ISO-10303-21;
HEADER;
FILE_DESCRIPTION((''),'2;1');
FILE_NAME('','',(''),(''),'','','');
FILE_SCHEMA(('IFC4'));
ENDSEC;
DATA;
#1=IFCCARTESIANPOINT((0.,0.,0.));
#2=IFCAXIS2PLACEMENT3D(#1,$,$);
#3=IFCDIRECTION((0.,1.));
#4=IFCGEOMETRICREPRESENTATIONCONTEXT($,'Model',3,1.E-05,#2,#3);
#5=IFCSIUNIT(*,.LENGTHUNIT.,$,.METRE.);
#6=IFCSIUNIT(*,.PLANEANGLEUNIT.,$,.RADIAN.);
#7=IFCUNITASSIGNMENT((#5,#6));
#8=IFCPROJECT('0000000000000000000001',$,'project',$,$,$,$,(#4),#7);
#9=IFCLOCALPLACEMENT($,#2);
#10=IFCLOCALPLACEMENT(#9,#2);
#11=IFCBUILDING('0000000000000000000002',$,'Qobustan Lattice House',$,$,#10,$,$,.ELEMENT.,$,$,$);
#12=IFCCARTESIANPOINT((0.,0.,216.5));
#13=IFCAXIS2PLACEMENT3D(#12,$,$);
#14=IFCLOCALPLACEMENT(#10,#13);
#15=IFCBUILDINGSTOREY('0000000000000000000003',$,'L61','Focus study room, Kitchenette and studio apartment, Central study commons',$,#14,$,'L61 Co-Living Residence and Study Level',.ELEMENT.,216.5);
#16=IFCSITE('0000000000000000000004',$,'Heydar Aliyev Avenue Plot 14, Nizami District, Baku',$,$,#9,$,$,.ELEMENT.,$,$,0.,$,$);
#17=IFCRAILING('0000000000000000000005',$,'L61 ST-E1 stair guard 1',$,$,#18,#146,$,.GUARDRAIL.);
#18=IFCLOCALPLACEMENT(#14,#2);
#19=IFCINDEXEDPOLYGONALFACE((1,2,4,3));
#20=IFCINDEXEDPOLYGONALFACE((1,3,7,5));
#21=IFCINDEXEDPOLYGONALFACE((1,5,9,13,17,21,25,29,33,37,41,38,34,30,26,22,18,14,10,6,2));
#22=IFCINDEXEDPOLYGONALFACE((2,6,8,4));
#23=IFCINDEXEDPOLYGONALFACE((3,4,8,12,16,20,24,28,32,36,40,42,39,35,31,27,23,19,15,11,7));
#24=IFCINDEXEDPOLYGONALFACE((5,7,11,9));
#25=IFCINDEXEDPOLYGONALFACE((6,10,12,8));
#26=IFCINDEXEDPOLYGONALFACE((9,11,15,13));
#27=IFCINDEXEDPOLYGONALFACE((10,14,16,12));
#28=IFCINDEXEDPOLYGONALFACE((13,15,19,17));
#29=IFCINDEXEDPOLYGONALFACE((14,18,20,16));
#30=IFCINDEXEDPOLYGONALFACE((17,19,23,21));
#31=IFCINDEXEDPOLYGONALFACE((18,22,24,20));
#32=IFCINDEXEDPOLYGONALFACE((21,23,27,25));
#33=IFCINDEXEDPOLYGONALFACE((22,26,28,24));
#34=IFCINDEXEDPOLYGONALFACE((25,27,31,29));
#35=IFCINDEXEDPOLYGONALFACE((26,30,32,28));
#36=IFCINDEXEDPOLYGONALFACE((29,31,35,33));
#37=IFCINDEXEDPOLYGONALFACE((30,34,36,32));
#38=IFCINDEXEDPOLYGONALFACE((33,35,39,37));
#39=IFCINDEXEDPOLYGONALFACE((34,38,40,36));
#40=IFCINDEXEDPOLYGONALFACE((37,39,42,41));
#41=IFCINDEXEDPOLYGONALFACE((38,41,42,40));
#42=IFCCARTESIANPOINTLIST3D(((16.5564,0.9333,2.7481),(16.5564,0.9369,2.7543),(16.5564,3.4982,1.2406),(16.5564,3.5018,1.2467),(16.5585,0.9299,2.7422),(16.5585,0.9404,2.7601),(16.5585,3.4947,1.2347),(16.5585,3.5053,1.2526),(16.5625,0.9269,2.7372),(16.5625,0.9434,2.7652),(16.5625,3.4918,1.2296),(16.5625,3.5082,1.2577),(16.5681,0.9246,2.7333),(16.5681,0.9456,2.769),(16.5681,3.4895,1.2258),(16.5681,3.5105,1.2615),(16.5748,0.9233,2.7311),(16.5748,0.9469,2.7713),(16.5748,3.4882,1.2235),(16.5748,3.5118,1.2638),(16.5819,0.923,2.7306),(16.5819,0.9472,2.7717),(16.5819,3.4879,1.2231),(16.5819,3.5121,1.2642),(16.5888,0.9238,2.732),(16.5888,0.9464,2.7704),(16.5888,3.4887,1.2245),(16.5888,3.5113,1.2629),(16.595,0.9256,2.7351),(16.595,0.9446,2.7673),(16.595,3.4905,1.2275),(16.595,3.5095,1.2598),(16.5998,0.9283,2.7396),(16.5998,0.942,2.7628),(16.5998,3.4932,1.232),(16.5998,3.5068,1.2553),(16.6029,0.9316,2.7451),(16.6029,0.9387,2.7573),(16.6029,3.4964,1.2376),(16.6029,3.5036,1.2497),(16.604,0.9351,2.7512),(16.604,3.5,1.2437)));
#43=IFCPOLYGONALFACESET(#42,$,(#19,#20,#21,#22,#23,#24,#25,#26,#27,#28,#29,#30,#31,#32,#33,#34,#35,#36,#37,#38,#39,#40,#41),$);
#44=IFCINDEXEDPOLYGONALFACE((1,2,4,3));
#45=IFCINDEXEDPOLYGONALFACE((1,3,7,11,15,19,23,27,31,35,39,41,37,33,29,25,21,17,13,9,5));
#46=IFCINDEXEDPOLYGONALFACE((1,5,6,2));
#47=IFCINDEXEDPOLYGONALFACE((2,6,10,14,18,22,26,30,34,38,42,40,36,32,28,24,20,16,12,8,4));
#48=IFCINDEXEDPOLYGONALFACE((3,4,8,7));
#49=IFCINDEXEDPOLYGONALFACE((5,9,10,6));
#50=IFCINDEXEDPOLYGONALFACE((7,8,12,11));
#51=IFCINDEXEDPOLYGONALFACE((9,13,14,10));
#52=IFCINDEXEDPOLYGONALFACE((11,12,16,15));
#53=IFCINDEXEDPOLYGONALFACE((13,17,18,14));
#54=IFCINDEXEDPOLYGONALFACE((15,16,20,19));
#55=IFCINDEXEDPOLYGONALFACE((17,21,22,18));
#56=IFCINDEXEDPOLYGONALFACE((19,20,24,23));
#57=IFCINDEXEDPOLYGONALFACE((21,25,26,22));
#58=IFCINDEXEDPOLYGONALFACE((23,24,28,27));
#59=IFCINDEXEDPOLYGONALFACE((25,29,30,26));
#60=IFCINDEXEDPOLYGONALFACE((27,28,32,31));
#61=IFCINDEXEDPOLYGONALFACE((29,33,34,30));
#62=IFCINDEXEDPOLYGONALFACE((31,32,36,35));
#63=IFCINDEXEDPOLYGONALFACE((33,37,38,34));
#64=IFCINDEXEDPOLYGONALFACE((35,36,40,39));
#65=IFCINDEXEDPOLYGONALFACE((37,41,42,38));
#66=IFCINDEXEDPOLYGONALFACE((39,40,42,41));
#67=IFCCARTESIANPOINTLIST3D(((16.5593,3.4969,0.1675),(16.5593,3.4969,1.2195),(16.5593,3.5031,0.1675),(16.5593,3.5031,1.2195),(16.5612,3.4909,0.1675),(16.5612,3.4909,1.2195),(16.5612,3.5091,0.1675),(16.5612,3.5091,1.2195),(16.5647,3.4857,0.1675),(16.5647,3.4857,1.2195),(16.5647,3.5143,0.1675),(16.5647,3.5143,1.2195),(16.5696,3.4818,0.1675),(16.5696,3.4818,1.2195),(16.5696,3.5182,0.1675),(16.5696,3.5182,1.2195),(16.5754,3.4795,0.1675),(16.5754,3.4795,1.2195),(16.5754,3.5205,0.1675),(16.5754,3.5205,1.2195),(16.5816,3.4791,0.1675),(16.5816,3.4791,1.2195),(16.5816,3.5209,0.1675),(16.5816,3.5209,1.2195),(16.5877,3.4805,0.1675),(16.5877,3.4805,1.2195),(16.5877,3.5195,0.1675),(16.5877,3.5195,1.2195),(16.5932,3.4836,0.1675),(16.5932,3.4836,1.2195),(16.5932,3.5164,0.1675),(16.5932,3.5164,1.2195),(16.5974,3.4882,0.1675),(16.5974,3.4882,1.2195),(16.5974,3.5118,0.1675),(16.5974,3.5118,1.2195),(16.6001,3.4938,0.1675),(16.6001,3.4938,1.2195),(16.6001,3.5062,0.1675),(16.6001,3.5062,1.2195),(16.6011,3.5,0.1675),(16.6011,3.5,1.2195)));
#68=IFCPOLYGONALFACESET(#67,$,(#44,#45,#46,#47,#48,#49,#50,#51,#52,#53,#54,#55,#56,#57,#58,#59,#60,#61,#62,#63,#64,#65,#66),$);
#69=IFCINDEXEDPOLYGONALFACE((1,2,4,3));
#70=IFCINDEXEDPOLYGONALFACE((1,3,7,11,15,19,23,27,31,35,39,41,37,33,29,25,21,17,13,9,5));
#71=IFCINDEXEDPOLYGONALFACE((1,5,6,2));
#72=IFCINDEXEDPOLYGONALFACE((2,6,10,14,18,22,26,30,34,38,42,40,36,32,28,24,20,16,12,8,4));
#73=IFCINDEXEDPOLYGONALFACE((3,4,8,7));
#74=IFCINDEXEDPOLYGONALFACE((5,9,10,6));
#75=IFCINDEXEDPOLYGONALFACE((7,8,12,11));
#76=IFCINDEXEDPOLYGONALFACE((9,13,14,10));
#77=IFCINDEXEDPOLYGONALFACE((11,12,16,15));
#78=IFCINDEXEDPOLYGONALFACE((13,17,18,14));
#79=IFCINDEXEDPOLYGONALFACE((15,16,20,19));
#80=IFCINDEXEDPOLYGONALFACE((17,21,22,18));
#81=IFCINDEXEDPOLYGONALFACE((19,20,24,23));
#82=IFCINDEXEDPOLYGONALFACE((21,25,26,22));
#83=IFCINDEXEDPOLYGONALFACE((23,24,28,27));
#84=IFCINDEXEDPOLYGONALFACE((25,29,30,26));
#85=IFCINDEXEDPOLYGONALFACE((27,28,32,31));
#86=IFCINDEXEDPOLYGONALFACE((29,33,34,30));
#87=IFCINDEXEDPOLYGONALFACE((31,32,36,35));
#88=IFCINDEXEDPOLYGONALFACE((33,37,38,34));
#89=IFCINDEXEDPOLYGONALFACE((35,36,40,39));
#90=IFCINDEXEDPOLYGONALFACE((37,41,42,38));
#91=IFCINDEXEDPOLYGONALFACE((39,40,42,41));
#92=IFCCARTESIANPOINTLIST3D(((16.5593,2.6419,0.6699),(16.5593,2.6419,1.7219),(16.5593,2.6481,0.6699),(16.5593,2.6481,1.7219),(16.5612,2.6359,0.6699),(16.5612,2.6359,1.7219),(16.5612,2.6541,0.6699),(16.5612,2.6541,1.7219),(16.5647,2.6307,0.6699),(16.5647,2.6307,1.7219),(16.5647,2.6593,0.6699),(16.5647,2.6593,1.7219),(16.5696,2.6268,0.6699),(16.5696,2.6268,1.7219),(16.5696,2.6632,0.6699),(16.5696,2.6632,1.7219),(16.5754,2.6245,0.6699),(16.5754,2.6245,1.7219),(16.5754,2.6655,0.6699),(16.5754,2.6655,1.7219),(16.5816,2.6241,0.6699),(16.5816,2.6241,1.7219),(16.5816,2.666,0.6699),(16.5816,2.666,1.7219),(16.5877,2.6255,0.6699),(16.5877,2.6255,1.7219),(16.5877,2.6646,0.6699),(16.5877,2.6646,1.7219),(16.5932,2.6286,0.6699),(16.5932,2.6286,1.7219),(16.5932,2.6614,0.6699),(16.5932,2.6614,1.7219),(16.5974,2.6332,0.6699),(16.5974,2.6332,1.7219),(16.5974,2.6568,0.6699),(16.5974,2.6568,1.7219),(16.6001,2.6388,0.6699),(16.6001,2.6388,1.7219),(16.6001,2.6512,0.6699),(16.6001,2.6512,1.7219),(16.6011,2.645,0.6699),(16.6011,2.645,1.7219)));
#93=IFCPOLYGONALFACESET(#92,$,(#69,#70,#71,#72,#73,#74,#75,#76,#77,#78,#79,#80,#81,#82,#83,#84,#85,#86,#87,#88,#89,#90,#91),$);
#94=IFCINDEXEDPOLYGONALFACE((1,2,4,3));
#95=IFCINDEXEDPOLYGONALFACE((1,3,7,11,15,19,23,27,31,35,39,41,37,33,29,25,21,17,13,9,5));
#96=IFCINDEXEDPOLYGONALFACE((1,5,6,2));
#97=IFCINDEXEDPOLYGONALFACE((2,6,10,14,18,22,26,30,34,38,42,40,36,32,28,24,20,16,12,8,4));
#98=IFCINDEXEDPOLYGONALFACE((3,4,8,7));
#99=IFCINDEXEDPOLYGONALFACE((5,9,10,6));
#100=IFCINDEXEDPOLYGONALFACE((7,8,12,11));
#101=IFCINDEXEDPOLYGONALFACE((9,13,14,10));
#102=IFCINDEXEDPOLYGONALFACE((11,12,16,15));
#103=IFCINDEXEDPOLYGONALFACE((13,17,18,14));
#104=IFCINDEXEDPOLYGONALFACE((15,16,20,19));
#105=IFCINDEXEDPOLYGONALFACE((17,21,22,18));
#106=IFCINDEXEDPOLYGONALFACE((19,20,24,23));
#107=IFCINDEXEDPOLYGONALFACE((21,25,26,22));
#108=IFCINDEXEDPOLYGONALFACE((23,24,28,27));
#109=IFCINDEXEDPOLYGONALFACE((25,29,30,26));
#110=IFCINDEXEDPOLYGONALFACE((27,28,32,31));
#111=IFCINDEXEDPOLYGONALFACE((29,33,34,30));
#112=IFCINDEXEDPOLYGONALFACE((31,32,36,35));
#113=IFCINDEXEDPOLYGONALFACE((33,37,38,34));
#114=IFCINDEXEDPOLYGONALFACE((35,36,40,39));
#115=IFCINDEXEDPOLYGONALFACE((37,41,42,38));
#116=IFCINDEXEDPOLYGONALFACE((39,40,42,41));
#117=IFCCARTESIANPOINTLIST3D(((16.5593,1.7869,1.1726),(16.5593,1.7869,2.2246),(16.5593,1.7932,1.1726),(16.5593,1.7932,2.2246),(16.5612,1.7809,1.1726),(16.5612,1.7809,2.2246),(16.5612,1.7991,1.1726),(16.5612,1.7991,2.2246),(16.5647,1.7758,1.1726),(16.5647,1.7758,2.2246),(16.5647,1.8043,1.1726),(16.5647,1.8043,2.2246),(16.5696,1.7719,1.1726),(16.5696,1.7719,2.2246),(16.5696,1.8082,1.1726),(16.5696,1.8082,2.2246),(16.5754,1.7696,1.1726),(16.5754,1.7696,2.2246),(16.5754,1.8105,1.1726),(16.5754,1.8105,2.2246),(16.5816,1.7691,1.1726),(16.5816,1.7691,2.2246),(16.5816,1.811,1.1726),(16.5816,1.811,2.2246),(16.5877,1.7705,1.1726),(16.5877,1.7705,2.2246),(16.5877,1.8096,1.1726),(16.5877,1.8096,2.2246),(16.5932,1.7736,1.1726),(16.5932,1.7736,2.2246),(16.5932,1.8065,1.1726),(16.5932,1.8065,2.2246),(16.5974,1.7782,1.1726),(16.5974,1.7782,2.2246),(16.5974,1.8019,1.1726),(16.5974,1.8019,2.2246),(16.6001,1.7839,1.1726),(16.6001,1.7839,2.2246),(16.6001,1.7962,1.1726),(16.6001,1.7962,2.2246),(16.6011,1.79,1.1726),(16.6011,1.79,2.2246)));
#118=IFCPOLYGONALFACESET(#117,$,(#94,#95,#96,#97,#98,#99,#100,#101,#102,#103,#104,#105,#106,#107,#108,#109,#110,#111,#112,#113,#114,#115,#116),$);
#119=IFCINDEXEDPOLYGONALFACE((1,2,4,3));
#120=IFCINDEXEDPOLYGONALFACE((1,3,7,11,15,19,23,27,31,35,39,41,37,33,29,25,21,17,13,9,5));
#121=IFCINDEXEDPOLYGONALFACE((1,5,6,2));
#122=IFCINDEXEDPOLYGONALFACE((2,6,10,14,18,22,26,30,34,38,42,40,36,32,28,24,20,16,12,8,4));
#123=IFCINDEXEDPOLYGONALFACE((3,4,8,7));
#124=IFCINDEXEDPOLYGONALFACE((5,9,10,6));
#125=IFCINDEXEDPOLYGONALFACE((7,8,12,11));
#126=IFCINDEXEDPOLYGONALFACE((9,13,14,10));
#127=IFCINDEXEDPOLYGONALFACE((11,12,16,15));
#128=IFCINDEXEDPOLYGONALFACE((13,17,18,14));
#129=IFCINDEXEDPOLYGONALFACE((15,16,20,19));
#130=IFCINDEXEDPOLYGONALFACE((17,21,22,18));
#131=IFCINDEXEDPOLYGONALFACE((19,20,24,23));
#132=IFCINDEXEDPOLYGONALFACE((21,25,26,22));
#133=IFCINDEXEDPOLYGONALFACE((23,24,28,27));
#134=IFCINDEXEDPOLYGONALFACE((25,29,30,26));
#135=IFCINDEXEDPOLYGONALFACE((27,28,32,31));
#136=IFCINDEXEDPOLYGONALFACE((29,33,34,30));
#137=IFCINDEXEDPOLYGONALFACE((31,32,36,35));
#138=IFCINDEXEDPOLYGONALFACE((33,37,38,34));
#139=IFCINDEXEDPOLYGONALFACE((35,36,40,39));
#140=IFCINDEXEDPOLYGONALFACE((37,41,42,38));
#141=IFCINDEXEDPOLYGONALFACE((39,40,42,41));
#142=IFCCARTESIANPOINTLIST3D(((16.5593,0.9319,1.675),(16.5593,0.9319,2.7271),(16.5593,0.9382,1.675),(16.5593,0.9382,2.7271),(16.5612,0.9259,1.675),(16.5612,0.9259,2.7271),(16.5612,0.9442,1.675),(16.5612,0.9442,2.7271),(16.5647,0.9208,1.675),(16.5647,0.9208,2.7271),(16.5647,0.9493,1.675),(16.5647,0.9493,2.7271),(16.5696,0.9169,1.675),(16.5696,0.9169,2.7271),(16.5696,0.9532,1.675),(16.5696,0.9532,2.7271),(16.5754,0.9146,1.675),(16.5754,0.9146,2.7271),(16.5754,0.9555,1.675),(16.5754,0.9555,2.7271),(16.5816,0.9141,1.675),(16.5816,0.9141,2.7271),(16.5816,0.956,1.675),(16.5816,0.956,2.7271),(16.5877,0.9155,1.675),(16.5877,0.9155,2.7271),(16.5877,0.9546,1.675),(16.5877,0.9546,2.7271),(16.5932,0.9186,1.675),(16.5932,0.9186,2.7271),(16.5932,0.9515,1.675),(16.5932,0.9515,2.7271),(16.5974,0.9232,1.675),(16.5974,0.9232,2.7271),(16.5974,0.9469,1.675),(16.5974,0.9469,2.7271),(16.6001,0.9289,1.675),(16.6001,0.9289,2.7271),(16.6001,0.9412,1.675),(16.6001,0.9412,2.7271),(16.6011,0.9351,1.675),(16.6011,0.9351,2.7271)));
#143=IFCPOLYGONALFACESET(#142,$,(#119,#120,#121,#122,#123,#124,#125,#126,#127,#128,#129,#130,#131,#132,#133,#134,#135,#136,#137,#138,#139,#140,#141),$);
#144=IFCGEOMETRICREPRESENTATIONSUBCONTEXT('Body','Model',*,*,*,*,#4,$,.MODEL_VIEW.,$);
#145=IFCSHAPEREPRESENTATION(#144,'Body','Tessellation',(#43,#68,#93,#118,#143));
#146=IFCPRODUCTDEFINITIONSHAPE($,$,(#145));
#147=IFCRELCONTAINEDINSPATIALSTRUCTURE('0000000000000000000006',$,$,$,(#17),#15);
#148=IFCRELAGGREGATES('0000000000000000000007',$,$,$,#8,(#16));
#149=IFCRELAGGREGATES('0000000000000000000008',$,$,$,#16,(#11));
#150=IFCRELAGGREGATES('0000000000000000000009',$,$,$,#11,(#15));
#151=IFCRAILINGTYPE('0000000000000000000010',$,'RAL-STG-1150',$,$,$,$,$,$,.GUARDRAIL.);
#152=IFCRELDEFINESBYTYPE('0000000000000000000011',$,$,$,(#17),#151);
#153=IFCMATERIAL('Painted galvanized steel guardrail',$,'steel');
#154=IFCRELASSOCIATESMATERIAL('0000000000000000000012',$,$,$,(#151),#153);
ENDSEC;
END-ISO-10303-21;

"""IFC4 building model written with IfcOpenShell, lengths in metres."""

from ifc_helpers import new_model, si_unit, direction, frame, origin, origin_2d, place, context, subcontext, project, spatial, circle, extrude, material, type_object, element, save


model = new_model("IFC4")

# Units and contexts
model_context = context("Model", 3, precision=1e-05, world=origin(), true_north=direction((0.0, 1.0)))
body_context = subcontext(model_context, "Body", "Model", "MODEL_VIEW")
ifc_project = project(units=[si_unit("LENGTHUNIT", "METRE"), si_unit("PLANEANGLEUNIT", "RADIAN")], contexts=[model_context])

# Site, building, storey
site_placement = place(None, origin())
site = spatial("IfcSite", under=ifc_project, at=site_placement, Name="Heydar Aliyev Avenue Plot 14, Nizami District, Baku", CompositionType="ELEMENT", RefElevation=0.0)
building_placement = place(site_placement, origin())
building = spatial("IfcBuilding", under=site, at=building_placement, Name="Qobustan Lattice House", CompositionType="ELEMENT")
storey_placement = place(building_placement, frame((0.0, 0.0, 216.5)))
storey = spatial("IfcBuildingStorey", under=building, at=storey_placement, Name="L61", Description="Focus study room, Kitchenette and studio apartment, Central study commons", LongName="L61 Co-Living Residence and Study Level", CompositionType="ELEMENT", Elevation=216.5)

# Railing
ifc_material_1 = material(Name="Painted galvanized steel guardrail", Category="steel")
railing_type_1 = type_object("IfcRailingType", Name="RAL-STG-1150", PredefinedType="GUARDRAIL", material=ifc_material_1)
railing_1_placement = place(storey_placement, frame((16.5801, 3.5, 0.1675)))
element("IfcRailing", 1, at=railing_1_placement, inside=storey, type_object=railing_type_1, Name="L61 ST-E1 stair guard 1", PredefinedType="GUARDRAIL", context=body_context, shape_type="SweptSolid", body=[
    extrude(circle(Radius=0.0239, at=origin_2d()), frame((0.0, 0.0, 1.0762), z_axis=(0.0, -0.862113, 0.506715), x_axis=(1.0, 0.0, 0.0)), (0.0, 0.0, 1.0), 2.9751),
    extrude(circle(Radius=0.021, at=origin_2d()), origin(), (0.0, 0.0, 1.0), 1.052),
    extrude(circle(Radius=0.021, at=origin_2d()), frame((0.0, -0.855, 0.5024)), (0.0, 0.0, 1.0), 1.052),
    extrude(circle(Radius=0.021, at=origin_2d()), frame((0.0, -1.71, 1.0051)), (0.0, 0.0, 1.0), 1.052),
    extrude(circle(Radius=0.021, at=origin_2d()), frame((0.0, -2.5649, 1.5076)), (0.0, 0.0, 1.0), 1.052),
])

save(model, "model.ifc")
